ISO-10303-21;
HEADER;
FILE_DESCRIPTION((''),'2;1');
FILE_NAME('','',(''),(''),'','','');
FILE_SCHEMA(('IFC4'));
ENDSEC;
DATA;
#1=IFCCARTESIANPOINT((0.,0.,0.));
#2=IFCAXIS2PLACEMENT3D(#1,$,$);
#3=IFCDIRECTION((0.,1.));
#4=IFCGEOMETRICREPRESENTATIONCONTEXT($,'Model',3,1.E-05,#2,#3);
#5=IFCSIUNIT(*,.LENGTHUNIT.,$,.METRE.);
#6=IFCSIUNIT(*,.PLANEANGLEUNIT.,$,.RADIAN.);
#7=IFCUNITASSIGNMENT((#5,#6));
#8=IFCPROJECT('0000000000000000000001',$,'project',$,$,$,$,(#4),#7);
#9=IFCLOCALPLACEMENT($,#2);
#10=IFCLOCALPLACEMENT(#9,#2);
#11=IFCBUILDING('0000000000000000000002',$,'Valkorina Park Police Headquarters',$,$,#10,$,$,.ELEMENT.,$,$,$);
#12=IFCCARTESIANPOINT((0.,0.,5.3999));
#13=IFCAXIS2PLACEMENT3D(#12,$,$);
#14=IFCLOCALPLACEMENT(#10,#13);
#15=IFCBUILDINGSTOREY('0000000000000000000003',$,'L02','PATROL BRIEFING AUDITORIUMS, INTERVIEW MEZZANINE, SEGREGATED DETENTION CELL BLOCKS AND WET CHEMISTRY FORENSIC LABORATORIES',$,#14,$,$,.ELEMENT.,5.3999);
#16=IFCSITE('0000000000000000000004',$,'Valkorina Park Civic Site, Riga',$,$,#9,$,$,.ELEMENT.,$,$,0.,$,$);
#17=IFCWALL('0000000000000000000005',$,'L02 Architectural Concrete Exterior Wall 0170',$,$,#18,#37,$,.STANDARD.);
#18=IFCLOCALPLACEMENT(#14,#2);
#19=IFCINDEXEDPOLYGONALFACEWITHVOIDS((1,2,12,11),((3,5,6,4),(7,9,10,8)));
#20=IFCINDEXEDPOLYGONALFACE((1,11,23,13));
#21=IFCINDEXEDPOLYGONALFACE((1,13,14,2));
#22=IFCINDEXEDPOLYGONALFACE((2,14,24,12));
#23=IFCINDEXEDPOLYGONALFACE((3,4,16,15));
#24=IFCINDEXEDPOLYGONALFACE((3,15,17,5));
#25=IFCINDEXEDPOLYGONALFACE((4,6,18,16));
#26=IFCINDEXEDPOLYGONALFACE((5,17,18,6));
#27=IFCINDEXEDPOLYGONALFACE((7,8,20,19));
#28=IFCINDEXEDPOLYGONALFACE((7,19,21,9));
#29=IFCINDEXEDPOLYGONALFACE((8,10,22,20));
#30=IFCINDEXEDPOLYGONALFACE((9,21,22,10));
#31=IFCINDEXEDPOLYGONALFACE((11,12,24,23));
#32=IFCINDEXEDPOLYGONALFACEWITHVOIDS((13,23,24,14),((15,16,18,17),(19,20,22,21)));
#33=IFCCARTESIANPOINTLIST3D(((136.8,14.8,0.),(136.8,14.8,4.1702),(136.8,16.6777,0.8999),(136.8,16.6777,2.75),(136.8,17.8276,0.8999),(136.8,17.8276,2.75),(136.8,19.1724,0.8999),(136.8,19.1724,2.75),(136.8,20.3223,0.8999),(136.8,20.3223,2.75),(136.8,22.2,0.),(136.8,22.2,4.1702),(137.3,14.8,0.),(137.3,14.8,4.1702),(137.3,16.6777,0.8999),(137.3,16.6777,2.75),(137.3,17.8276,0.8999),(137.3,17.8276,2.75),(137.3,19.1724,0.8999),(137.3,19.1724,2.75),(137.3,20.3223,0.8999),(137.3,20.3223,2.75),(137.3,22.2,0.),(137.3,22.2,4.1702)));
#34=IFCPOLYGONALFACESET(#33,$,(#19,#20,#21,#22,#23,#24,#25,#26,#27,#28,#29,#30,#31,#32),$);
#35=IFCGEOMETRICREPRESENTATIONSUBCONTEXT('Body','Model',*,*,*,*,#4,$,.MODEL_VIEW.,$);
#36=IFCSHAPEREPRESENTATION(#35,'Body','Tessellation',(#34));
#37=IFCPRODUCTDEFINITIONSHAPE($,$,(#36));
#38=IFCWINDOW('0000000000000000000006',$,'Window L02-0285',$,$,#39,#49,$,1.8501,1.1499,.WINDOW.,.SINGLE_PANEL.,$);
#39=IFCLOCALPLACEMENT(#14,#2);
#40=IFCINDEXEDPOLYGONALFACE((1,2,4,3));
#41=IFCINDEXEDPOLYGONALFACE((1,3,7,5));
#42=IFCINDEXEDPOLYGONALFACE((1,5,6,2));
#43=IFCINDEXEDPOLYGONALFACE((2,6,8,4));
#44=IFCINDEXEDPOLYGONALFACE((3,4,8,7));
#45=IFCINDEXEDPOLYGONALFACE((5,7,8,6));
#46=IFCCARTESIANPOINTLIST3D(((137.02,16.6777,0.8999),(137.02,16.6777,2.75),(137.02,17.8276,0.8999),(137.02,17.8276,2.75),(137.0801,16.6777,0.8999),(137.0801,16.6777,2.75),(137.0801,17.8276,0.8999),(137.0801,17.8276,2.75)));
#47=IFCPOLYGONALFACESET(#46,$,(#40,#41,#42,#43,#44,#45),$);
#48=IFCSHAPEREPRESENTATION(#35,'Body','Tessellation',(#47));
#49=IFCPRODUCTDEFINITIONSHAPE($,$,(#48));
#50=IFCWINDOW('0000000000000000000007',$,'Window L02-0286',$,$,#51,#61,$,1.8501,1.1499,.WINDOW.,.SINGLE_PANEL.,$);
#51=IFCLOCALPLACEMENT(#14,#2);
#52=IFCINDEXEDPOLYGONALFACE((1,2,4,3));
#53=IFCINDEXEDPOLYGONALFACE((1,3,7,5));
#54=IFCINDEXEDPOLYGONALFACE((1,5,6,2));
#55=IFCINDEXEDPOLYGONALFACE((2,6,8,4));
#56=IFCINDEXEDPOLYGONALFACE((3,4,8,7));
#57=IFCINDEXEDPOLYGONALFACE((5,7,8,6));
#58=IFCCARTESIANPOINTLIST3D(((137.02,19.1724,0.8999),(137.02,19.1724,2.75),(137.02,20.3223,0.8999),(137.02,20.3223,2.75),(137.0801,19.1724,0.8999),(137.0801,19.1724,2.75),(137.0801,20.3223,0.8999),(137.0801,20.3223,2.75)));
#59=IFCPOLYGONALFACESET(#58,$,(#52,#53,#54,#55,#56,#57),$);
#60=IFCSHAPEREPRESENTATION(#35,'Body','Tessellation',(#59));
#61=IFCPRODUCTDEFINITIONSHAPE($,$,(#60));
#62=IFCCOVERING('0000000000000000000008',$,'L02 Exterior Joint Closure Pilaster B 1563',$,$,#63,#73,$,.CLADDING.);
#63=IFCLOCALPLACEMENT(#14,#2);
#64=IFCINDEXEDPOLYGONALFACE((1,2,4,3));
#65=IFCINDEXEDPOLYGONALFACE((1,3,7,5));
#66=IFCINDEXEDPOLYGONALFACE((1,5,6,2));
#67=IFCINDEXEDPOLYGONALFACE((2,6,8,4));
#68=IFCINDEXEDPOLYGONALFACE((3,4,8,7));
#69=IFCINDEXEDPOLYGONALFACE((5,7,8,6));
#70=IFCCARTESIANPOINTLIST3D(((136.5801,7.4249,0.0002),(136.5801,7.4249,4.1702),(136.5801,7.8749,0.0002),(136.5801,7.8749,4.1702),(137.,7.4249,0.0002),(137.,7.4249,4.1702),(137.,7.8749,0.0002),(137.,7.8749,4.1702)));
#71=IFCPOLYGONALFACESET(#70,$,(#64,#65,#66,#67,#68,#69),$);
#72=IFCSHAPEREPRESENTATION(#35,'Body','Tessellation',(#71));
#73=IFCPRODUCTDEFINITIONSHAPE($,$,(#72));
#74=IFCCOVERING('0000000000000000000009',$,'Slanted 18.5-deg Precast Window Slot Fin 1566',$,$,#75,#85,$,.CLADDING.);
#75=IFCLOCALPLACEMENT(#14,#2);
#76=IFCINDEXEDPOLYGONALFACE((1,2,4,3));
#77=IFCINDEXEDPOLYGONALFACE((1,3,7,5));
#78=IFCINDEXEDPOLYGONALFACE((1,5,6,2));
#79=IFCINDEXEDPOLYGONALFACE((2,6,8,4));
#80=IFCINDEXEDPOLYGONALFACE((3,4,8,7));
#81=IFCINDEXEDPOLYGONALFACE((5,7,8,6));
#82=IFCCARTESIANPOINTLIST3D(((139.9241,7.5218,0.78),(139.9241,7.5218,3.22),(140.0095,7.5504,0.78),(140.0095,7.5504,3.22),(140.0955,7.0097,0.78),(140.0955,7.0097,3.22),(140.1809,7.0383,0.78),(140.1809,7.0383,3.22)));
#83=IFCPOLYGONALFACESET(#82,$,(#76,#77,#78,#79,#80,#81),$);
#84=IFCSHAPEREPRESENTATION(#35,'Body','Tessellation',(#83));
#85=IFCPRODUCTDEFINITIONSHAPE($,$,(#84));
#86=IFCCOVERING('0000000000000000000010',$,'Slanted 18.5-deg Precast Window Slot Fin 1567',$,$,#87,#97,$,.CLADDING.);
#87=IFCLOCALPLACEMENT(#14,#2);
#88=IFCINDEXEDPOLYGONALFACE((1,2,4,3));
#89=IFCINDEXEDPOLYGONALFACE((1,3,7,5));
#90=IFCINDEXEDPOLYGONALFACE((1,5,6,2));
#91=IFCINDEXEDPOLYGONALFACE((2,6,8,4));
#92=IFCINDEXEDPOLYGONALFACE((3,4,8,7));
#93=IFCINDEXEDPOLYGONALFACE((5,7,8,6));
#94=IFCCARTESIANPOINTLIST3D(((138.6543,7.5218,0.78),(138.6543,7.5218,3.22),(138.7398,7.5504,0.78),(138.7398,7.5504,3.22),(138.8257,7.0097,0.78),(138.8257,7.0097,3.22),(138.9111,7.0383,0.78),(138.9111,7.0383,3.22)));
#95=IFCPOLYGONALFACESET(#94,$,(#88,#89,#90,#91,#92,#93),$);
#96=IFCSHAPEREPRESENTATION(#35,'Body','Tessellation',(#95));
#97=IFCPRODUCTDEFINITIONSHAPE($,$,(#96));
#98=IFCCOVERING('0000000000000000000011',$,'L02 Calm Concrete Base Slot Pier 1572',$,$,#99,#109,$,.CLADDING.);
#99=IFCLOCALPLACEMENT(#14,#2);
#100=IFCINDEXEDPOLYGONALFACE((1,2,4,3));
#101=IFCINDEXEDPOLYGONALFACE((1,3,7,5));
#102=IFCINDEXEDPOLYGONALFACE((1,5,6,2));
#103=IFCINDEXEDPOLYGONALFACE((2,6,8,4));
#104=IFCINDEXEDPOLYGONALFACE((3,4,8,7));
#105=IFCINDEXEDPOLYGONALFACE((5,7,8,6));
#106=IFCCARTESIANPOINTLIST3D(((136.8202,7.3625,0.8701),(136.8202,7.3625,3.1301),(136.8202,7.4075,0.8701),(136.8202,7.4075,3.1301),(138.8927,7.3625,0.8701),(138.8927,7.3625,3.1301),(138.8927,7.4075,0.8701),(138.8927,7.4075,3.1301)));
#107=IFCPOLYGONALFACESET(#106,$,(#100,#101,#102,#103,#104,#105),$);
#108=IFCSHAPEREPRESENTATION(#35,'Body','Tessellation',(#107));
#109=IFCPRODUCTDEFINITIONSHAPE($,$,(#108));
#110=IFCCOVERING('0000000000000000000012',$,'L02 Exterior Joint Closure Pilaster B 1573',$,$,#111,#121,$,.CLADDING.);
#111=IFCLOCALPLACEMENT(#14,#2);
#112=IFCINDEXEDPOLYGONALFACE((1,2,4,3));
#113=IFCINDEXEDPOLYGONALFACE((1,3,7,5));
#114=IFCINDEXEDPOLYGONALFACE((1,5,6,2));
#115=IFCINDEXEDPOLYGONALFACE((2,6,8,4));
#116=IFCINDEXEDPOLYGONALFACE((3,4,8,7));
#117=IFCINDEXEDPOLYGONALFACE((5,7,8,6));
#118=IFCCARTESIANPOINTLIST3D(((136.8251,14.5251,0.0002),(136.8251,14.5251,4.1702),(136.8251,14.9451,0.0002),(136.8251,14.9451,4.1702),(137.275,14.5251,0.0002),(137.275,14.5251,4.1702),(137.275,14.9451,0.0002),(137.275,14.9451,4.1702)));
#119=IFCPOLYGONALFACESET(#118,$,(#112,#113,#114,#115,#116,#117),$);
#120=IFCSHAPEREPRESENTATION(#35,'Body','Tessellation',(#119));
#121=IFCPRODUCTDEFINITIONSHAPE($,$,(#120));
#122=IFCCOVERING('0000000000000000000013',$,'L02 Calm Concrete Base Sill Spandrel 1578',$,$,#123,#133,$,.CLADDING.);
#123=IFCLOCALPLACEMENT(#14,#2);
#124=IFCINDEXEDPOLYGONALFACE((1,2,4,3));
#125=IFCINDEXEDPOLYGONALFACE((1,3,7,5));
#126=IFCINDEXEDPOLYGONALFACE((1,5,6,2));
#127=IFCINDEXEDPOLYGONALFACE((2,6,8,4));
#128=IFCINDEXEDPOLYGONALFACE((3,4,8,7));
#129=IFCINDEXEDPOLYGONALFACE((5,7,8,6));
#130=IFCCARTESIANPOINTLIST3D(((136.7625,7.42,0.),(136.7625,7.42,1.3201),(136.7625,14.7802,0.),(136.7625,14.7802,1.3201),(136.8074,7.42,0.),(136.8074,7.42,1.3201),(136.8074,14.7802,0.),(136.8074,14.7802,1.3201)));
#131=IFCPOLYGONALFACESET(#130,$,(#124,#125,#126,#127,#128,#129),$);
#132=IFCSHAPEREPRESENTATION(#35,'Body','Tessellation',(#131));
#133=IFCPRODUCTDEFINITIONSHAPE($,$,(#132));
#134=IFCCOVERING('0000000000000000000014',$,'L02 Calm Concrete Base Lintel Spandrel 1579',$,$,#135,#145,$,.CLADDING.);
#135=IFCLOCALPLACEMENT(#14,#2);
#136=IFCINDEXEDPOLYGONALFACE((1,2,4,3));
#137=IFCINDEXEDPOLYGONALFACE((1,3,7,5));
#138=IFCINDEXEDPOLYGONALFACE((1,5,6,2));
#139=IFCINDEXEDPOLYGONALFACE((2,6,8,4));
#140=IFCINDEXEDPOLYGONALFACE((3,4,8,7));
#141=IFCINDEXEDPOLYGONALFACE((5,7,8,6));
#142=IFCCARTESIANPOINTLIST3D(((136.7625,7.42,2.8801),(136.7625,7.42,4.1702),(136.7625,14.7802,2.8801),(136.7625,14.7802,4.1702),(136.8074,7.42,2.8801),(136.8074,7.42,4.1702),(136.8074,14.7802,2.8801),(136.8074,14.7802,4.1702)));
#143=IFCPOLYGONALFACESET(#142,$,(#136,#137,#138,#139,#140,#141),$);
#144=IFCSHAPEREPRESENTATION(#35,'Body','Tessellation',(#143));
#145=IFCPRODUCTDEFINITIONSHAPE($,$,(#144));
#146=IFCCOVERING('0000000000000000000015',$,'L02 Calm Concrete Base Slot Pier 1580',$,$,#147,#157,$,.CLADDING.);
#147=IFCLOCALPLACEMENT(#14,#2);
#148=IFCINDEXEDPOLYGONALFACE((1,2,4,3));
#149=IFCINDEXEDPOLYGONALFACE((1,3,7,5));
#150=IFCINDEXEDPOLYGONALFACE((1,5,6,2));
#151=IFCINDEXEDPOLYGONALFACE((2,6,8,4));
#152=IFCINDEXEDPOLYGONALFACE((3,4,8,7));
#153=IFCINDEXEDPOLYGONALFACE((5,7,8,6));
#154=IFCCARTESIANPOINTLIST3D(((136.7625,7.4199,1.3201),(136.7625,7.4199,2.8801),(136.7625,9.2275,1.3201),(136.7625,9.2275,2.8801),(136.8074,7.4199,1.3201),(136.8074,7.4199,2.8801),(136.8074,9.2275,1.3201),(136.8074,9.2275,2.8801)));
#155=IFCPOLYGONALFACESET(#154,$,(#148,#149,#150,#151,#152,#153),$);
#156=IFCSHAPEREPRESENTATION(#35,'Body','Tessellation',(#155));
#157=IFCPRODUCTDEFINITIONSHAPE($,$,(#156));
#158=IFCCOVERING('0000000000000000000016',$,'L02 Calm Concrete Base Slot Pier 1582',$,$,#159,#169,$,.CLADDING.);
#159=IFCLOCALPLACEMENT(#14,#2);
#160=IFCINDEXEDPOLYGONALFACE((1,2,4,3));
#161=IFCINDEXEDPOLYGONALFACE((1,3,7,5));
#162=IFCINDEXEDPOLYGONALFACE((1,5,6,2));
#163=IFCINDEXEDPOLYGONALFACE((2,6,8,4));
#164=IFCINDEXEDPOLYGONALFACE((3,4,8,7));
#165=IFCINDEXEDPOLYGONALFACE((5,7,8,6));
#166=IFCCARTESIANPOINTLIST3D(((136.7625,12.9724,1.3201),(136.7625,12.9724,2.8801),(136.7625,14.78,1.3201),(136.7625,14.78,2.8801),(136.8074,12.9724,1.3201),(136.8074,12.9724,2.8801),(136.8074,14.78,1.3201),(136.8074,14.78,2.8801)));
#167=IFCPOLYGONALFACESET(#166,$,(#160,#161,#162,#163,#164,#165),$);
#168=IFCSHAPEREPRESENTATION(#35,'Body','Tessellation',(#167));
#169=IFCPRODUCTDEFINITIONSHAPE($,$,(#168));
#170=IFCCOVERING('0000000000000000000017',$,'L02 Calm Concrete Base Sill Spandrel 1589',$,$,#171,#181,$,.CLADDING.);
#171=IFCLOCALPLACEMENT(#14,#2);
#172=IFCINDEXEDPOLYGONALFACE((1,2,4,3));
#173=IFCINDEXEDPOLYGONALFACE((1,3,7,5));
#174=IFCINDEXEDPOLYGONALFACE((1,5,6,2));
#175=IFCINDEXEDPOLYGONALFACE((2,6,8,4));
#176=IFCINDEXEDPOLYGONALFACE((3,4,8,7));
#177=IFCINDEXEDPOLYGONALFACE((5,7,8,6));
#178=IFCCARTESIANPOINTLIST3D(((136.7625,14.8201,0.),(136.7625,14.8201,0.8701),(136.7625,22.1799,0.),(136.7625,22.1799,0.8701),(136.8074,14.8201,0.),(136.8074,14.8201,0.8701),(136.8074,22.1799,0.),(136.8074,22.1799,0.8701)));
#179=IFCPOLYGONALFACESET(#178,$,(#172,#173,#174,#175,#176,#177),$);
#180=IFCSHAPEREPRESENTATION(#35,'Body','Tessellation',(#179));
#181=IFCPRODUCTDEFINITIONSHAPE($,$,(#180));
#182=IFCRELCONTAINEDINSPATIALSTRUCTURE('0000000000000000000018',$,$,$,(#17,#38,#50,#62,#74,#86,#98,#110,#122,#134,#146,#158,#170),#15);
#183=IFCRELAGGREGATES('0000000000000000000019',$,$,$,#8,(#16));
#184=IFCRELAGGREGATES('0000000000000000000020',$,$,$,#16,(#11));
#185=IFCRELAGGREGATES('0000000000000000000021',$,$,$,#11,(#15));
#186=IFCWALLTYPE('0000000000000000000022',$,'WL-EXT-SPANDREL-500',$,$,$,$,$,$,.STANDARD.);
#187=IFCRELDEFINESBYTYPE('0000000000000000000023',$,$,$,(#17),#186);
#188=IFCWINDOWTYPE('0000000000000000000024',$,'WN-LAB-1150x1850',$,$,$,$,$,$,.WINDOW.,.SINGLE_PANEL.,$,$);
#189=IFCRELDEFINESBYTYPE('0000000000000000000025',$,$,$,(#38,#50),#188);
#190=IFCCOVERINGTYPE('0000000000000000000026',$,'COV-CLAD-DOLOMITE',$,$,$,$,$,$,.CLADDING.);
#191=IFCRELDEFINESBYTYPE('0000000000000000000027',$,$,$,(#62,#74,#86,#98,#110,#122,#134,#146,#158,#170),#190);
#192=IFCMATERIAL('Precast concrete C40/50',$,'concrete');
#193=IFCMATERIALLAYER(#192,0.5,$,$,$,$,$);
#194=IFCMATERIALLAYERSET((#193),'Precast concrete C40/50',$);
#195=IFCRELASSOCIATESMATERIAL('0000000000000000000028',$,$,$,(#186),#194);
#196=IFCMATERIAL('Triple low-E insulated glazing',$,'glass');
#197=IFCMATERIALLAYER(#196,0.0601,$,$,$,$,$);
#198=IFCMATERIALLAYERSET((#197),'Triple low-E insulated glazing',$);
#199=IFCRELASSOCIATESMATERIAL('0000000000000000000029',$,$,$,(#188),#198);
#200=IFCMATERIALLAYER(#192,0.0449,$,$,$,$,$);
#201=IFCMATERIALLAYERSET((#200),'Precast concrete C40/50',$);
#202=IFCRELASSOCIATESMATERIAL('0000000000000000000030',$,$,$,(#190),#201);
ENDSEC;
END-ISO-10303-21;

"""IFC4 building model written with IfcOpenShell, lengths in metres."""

from ifc_helpers import new_model, si_unit, direction, frame, frame_2d, origin, origin_2d, place, context, subcontext, project, spatial, rectangle, extrude, material, layer, layer_set, type_object, element, fill, save


model = new_model("IFC4")

# Units and contexts
model_context = context("Model", 3, precision=1e-05, world=origin(), true_north=direction((0.0, 1.0)))
body_context = subcontext(model_context, "Body", "Model", "MODEL_VIEW")
ifc_project = project(units=[si_unit("LENGTHUNIT", "METRE"), si_unit("PLANEANGLEUNIT", "RADIAN")], contexts=[model_context])

# Site, building, storey
site_placement = place(None, origin())
site = spatial("IfcSite", under=ifc_project, at=site_placement, Name="Valkorina Park Civic Site, Riga", CompositionType="ELEMENT", RefElevation=0.0)
building_placement = place(site_placement, origin())
building = spatial("IfcBuilding", under=site, at=building_placement, Name="Valkorina Park Police Headquarters", CompositionType="ELEMENT")
storey_placement = place(building_placement, frame((0.0, 0.0, 5.3999)))
storey = spatial("IfcBuildingStorey", under=building, at=storey_placement, Name="L02", Description="PATROL BRIEFING AUDITORIUMS, INTERVIEW MEZZANINE, SEGREGATED DETENTION CELL BLOCKS AND WET CHEMISTRY FORENSIC LABORATORIES", CompositionType="ELEMENT", Elevation=5.3999)

# Wall, openings, windows
ifc_material_1 = material(Name="Precast concrete C40/50", Category="concrete")
ifc_layer_1 = layer(ifc_material_1, 0.5)
ifc_layer_set_1 = layer_set([ifc_layer_1], Name="Precast concrete C40/50")
wall_type = type_object("IfcWallType", Name="WL-EXT-SPANDREL-500", PredefinedType="STANDARD", material=ifc_layer_set_1)
ifc_material_2 = material(Name="Triple low-E insulated glazing", Category="glass")
wall_1_placement = place(storey_placement, frame((137.05, 14.8, 0.0), z_axis=(0.0, 0.0, 1.0), x_axis=(0.0, 1.0, 0.0)))
wall_1 = element("IfcWall", 1, at=wall_1_placement, inside=storey, type_object=wall_type, Name="L02 Architectural Concrete Exterior Wall 0170", PredefinedType="STANDARD", context=body_context, shape_type="SweptSolid", body=[
    extrude(rectangle(XDim=7.3999, YDim=0.5, at=frame_2d((3.7, 0.0))), origin(), (0.0, 0.0, 1.0), 4.1702),
])
opening_1_placement = place(wall_1_placement, frame((1.8777, 0.0, 0.8999)))
opening_1 = element("IfcOpeningElement", 2, at=opening_1_placement, cuts=wall_1, PredefinedType="OPENING", context=body_context, shape_type="SweptSolid", body=[
    extrude(rectangle(XDim=1.1499, YDim=1.8501, at=frame_2d((0.575, 0.925))), frame((0.0, 0.26, 0.0), z_axis=(0.0, -1.0, 0.0), x_axis=(1.0, 0.0, 0.0)), (0.0, 0.0, 1.0), 0.52),
])
opening_2_placement = place(wall_1_placement, frame((4.3723, 0.0, 0.8999)))
opening_2 = element("IfcOpeningElement", 3, at=opening_2_placement, cuts=wall_1, PredefinedType="OPENING", context=body_context, shape_type="SweptSolid", body=[
    extrude(rectangle(XDim=1.1499, YDim=1.8501, at=frame_2d((0.575, 0.925))), frame((0.0, 0.26, 0.0), z_axis=(0.0, -1.0, 0.0), x_axis=(1.0, 0.0, 0.0)), (0.0, 0.0, 1.0), 0.52),
])
ifc_layer_2 = layer(ifc_material_2, 0.0601)
ifc_layer_set_2 = layer_set([ifc_layer_2], Name="Triple low-E insulated glazing")
window_type_1 = type_object("IfcWindowType", Name="WN-LAB-1150x1850", PartitioningType="SINGLE_PANEL", PredefinedType="WINDOW", material=ifc_layer_set_2)
window_1_placement = place(opening_1_placement, origin())
window_1 = element("IfcWindow", 4, at=window_1_placement, inside=storey, type_object=window_type_1, Name="Window L02-0285", OverallHeight=1.8501, OverallWidth=1.1499, PartitioningType="SINGLE_PANEL", PredefinedType="WINDOW", context=body_context, shape_type="SweptSolid", body=[
    extrude(rectangle(XDim=1.1499, YDim=1.8501, at=frame_2d((0.575, 0.925))), frame((0.0, 0.03, 0.0), z_axis=(0.0, -1.0, 0.0), x_axis=(1.0, 0.0, 0.0)), (0.0, 0.0, 1.0), 0.0601),
])
fill(opening_1, window_1)
window_2_placement = place(opening_2_placement, origin())
window_2 = element("IfcWindow", 5, at=window_2_placement, inside=storey, type_object=window_type_1, Name="Window L02-0286", OverallHeight=1.8501, OverallWidth=1.1499, PartitioningType="SINGLE_PANEL", PredefinedType="WINDOW", context=body_context, shape_type="SweptSolid", body=[
    extrude(rectangle(XDim=1.1499, YDim=1.8501, at=frame_2d((0.575, 0.925))), frame((0.0, 0.03, 0.0), z_axis=(0.0, -1.0, 0.0), x_axis=(1.0, 0.0, 0.0)), (0.0, 0.0, 1.0), 0.0601),
])
fill(opening_2, window_2)

# Coverings
ifc_layer_3 = layer(ifc_material_1, 0.0449)
ifc_layer_set_3 = layer_set([ifc_layer_3], Name="Precast concrete C40/50")
covering_type = type_object("IfcCoveringType", Name="COV-CLAD-DOLOMITE", PredefinedType="CLADDING", material=ifc_layer_set_3)
covering_1_placement = place(storey_placement, frame((136.79, 7.6499, 0.0002), z_axis=(0.0, 0.0, 1.0), x_axis=(1.0, 0.0, 0.0)))
element("IfcCovering", 6, at=covering_1_placement, inside=storey, type_object=covering_type, Name="L02 Exterior Joint Closure Pilaster B 1563", PredefinedType="CLADDING", context=body_context, shape_type="SweptSolid", body=[
    extrude(rectangle(XDim=0.4199, YDim=0.45, at=origin_2d()), origin(), (0.0, 0.0, 1.0), 4.1699),
])
for number, where, z_axis, x_axis, name in (
    (7, (140.0525, 7.28, 0.78), (0.0, 0.0, 1.0), (0.317305, -0.948324, 0.0), "Slanted 18.5-deg Precast Window Slot Fin 1566"),
    (8, (138.7827, 7.28, 0.78), (0.0, 0.0, 1.0), (0.317305, -0.948324, 0.0), "Slanted 18.5-deg Precast Window Slot Fin 1567"),
):
    element("IfcCovering", number, at=place(storey_placement, frame(where, z_axis=z_axis, x_axis=x_axis)), inside=storey, type_object=covering_type, Name=name, PredefinedType="CLADDING", context=body_context, shape_type="SweptSolid", body=[
        extrude(rectangle(XDim=0.54, YDim=0.0901, at=origin_2d()), origin(), (0.0, 0.0, 1.0), 2.4399),
    ])
covering_2_placement = place(storey_placement, frame((138.8926, 7.385, 0.8701), z_axis=(0.0, 0.0, 1.0), x_axis=(-1.0, 0.0, 0.0)))
element("IfcCovering", 9, at=covering_2_placement, inside=storey, type_object=covering_type, Name="L02 Calm Concrete Base Slot Pier 1572", PredefinedType="CLADDING", context=body_context, shape_type="SweptSolid", body=[
    extrude(rectangle(XDim=2.0725, YDim=0.0449, at=frame_2d((1.0361, 0.0))), origin(), (0.0, 0.0, 1.0), 2.26),
])
covering_3_placement = place(storey_placement, frame((137.05, 14.7351, 0.0002), z_axis=(0.0, 0.0, 1.0), x_axis=(0.0, 1.0, 0.0)))
element("IfcCovering", 10, at=covering_3_placement, inside=storey, type_object=covering_type, Name="L02 Exterior Joint Closure Pilaster B 1573", PredefinedType="CLADDING", context=body_context, shape_type="SweptSolid", body=[
    extrude(rectangle(XDim=0.4199, YDim=0.45, at=origin_2d()), origin(), (0.0, 0.0, 1.0), 4.1699),
])
covering_4_placement = place(storey_placement, frame((136.7849, 7.4199, 0.0), z_axis=(0.0, 0.0, 1.0), x_axis=(0.0, 1.0, 0.0)))
element("IfcCovering", 11, at=covering_4_placement, inside=storey, type_object=covering_type, Name="L02 Calm Concrete Base Sill Spandrel 1578", PredefinedType="CLADDING", context=body_context, shape_type="SweptSolid", body=[
    extrude(rectangle(XDim=7.3601, YDim=0.0449, at=frame_2d((3.6802, 0.0))), origin(), (0.0, 0.0, 1.0), 1.3201),
])
covering_5_placement = place(storey_placement, frame((136.7849, 7.4199, 2.8801), z_axis=(0.0, 0.0, 1.0), x_axis=(0.0, 1.0, 0.0)))
element("IfcCovering", 12, at=covering_5_placement, inside=storey, type_object=covering_type, Name="L02 Calm Concrete Base Lintel Spandrel 1579", PredefinedType="CLADDING", context=body_context, shape_type="SweptSolid", body=[
    extrude(rectangle(XDim=7.3601, YDim=0.0449, at=frame_2d((3.6802, 0.0))), origin(), (0.0, 0.0, 1.0), 1.29),
])
covering_6_placement = place(storey_placement, frame((136.7849, 7.4199, 1.3201), z_axis=(0.0, 0.0, 1.0), x_axis=(0.0, 1.0, 0.0)))
element("IfcCovering", 13, at=covering_6_placement, inside=storey, type_object=covering_type, Name="L02 Calm Concrete Base Slot Pier 1580", PredefinedType="CLADDING", context=body_context, shape_type="SweptSolid", body=[
    extrude(rectangle(XDim=1.8076, YDim=0.0449, at=frame_2d((0.9038, 0.0))), origin(), (0.0, 0.0, 1.0), 1.5601),
])
covering_7_placement = place(storey_placement, frame((136.7849, 12.9724, 1.3201), z_axis=(0.0, 0.0, 1.0), x_axis=(0.0, 1.0, 0.0)))
element("IfcCovering", 14, at=covering_7_placement, inside=storey, type_object=covering_type, Name="L02 Calm Concrete Base Slot Pier 1582", PredefinedType="CLADDING", context=body_context, shape_type="SweptSolid", body=[
    extrude(rectangle(XDim=1.8076, YDim=0.0449, at=frame_2d((0.9038, 0.0))), origin(), (0.0, 0.0, 1.0), 1.5601),
])
covering_8_placement = place(storey_placement, frame((136.7849, 14.8201, 0.0), z_axis=(0.0, 0.0, 1.0), x_axis=(0.0, 1.0, 0.0)))
element("IfcCovering", 15, at=covering_8_placement, inside=storey, type_object=covering_type, Name="L02 Calm Concrete Base Sill Spandrel 1589", PredefinedType="CLADDING", context=body_context, shape_type="SweptSolid", body=[
    extrude(rectangle(XDim=7.3599, YDim=0.0449, at=frame_2d((3.6799, 0.0))), origin(), (0.0, 0.0, 1.0), 0.8701),
])

save(model, "model.ifc")
